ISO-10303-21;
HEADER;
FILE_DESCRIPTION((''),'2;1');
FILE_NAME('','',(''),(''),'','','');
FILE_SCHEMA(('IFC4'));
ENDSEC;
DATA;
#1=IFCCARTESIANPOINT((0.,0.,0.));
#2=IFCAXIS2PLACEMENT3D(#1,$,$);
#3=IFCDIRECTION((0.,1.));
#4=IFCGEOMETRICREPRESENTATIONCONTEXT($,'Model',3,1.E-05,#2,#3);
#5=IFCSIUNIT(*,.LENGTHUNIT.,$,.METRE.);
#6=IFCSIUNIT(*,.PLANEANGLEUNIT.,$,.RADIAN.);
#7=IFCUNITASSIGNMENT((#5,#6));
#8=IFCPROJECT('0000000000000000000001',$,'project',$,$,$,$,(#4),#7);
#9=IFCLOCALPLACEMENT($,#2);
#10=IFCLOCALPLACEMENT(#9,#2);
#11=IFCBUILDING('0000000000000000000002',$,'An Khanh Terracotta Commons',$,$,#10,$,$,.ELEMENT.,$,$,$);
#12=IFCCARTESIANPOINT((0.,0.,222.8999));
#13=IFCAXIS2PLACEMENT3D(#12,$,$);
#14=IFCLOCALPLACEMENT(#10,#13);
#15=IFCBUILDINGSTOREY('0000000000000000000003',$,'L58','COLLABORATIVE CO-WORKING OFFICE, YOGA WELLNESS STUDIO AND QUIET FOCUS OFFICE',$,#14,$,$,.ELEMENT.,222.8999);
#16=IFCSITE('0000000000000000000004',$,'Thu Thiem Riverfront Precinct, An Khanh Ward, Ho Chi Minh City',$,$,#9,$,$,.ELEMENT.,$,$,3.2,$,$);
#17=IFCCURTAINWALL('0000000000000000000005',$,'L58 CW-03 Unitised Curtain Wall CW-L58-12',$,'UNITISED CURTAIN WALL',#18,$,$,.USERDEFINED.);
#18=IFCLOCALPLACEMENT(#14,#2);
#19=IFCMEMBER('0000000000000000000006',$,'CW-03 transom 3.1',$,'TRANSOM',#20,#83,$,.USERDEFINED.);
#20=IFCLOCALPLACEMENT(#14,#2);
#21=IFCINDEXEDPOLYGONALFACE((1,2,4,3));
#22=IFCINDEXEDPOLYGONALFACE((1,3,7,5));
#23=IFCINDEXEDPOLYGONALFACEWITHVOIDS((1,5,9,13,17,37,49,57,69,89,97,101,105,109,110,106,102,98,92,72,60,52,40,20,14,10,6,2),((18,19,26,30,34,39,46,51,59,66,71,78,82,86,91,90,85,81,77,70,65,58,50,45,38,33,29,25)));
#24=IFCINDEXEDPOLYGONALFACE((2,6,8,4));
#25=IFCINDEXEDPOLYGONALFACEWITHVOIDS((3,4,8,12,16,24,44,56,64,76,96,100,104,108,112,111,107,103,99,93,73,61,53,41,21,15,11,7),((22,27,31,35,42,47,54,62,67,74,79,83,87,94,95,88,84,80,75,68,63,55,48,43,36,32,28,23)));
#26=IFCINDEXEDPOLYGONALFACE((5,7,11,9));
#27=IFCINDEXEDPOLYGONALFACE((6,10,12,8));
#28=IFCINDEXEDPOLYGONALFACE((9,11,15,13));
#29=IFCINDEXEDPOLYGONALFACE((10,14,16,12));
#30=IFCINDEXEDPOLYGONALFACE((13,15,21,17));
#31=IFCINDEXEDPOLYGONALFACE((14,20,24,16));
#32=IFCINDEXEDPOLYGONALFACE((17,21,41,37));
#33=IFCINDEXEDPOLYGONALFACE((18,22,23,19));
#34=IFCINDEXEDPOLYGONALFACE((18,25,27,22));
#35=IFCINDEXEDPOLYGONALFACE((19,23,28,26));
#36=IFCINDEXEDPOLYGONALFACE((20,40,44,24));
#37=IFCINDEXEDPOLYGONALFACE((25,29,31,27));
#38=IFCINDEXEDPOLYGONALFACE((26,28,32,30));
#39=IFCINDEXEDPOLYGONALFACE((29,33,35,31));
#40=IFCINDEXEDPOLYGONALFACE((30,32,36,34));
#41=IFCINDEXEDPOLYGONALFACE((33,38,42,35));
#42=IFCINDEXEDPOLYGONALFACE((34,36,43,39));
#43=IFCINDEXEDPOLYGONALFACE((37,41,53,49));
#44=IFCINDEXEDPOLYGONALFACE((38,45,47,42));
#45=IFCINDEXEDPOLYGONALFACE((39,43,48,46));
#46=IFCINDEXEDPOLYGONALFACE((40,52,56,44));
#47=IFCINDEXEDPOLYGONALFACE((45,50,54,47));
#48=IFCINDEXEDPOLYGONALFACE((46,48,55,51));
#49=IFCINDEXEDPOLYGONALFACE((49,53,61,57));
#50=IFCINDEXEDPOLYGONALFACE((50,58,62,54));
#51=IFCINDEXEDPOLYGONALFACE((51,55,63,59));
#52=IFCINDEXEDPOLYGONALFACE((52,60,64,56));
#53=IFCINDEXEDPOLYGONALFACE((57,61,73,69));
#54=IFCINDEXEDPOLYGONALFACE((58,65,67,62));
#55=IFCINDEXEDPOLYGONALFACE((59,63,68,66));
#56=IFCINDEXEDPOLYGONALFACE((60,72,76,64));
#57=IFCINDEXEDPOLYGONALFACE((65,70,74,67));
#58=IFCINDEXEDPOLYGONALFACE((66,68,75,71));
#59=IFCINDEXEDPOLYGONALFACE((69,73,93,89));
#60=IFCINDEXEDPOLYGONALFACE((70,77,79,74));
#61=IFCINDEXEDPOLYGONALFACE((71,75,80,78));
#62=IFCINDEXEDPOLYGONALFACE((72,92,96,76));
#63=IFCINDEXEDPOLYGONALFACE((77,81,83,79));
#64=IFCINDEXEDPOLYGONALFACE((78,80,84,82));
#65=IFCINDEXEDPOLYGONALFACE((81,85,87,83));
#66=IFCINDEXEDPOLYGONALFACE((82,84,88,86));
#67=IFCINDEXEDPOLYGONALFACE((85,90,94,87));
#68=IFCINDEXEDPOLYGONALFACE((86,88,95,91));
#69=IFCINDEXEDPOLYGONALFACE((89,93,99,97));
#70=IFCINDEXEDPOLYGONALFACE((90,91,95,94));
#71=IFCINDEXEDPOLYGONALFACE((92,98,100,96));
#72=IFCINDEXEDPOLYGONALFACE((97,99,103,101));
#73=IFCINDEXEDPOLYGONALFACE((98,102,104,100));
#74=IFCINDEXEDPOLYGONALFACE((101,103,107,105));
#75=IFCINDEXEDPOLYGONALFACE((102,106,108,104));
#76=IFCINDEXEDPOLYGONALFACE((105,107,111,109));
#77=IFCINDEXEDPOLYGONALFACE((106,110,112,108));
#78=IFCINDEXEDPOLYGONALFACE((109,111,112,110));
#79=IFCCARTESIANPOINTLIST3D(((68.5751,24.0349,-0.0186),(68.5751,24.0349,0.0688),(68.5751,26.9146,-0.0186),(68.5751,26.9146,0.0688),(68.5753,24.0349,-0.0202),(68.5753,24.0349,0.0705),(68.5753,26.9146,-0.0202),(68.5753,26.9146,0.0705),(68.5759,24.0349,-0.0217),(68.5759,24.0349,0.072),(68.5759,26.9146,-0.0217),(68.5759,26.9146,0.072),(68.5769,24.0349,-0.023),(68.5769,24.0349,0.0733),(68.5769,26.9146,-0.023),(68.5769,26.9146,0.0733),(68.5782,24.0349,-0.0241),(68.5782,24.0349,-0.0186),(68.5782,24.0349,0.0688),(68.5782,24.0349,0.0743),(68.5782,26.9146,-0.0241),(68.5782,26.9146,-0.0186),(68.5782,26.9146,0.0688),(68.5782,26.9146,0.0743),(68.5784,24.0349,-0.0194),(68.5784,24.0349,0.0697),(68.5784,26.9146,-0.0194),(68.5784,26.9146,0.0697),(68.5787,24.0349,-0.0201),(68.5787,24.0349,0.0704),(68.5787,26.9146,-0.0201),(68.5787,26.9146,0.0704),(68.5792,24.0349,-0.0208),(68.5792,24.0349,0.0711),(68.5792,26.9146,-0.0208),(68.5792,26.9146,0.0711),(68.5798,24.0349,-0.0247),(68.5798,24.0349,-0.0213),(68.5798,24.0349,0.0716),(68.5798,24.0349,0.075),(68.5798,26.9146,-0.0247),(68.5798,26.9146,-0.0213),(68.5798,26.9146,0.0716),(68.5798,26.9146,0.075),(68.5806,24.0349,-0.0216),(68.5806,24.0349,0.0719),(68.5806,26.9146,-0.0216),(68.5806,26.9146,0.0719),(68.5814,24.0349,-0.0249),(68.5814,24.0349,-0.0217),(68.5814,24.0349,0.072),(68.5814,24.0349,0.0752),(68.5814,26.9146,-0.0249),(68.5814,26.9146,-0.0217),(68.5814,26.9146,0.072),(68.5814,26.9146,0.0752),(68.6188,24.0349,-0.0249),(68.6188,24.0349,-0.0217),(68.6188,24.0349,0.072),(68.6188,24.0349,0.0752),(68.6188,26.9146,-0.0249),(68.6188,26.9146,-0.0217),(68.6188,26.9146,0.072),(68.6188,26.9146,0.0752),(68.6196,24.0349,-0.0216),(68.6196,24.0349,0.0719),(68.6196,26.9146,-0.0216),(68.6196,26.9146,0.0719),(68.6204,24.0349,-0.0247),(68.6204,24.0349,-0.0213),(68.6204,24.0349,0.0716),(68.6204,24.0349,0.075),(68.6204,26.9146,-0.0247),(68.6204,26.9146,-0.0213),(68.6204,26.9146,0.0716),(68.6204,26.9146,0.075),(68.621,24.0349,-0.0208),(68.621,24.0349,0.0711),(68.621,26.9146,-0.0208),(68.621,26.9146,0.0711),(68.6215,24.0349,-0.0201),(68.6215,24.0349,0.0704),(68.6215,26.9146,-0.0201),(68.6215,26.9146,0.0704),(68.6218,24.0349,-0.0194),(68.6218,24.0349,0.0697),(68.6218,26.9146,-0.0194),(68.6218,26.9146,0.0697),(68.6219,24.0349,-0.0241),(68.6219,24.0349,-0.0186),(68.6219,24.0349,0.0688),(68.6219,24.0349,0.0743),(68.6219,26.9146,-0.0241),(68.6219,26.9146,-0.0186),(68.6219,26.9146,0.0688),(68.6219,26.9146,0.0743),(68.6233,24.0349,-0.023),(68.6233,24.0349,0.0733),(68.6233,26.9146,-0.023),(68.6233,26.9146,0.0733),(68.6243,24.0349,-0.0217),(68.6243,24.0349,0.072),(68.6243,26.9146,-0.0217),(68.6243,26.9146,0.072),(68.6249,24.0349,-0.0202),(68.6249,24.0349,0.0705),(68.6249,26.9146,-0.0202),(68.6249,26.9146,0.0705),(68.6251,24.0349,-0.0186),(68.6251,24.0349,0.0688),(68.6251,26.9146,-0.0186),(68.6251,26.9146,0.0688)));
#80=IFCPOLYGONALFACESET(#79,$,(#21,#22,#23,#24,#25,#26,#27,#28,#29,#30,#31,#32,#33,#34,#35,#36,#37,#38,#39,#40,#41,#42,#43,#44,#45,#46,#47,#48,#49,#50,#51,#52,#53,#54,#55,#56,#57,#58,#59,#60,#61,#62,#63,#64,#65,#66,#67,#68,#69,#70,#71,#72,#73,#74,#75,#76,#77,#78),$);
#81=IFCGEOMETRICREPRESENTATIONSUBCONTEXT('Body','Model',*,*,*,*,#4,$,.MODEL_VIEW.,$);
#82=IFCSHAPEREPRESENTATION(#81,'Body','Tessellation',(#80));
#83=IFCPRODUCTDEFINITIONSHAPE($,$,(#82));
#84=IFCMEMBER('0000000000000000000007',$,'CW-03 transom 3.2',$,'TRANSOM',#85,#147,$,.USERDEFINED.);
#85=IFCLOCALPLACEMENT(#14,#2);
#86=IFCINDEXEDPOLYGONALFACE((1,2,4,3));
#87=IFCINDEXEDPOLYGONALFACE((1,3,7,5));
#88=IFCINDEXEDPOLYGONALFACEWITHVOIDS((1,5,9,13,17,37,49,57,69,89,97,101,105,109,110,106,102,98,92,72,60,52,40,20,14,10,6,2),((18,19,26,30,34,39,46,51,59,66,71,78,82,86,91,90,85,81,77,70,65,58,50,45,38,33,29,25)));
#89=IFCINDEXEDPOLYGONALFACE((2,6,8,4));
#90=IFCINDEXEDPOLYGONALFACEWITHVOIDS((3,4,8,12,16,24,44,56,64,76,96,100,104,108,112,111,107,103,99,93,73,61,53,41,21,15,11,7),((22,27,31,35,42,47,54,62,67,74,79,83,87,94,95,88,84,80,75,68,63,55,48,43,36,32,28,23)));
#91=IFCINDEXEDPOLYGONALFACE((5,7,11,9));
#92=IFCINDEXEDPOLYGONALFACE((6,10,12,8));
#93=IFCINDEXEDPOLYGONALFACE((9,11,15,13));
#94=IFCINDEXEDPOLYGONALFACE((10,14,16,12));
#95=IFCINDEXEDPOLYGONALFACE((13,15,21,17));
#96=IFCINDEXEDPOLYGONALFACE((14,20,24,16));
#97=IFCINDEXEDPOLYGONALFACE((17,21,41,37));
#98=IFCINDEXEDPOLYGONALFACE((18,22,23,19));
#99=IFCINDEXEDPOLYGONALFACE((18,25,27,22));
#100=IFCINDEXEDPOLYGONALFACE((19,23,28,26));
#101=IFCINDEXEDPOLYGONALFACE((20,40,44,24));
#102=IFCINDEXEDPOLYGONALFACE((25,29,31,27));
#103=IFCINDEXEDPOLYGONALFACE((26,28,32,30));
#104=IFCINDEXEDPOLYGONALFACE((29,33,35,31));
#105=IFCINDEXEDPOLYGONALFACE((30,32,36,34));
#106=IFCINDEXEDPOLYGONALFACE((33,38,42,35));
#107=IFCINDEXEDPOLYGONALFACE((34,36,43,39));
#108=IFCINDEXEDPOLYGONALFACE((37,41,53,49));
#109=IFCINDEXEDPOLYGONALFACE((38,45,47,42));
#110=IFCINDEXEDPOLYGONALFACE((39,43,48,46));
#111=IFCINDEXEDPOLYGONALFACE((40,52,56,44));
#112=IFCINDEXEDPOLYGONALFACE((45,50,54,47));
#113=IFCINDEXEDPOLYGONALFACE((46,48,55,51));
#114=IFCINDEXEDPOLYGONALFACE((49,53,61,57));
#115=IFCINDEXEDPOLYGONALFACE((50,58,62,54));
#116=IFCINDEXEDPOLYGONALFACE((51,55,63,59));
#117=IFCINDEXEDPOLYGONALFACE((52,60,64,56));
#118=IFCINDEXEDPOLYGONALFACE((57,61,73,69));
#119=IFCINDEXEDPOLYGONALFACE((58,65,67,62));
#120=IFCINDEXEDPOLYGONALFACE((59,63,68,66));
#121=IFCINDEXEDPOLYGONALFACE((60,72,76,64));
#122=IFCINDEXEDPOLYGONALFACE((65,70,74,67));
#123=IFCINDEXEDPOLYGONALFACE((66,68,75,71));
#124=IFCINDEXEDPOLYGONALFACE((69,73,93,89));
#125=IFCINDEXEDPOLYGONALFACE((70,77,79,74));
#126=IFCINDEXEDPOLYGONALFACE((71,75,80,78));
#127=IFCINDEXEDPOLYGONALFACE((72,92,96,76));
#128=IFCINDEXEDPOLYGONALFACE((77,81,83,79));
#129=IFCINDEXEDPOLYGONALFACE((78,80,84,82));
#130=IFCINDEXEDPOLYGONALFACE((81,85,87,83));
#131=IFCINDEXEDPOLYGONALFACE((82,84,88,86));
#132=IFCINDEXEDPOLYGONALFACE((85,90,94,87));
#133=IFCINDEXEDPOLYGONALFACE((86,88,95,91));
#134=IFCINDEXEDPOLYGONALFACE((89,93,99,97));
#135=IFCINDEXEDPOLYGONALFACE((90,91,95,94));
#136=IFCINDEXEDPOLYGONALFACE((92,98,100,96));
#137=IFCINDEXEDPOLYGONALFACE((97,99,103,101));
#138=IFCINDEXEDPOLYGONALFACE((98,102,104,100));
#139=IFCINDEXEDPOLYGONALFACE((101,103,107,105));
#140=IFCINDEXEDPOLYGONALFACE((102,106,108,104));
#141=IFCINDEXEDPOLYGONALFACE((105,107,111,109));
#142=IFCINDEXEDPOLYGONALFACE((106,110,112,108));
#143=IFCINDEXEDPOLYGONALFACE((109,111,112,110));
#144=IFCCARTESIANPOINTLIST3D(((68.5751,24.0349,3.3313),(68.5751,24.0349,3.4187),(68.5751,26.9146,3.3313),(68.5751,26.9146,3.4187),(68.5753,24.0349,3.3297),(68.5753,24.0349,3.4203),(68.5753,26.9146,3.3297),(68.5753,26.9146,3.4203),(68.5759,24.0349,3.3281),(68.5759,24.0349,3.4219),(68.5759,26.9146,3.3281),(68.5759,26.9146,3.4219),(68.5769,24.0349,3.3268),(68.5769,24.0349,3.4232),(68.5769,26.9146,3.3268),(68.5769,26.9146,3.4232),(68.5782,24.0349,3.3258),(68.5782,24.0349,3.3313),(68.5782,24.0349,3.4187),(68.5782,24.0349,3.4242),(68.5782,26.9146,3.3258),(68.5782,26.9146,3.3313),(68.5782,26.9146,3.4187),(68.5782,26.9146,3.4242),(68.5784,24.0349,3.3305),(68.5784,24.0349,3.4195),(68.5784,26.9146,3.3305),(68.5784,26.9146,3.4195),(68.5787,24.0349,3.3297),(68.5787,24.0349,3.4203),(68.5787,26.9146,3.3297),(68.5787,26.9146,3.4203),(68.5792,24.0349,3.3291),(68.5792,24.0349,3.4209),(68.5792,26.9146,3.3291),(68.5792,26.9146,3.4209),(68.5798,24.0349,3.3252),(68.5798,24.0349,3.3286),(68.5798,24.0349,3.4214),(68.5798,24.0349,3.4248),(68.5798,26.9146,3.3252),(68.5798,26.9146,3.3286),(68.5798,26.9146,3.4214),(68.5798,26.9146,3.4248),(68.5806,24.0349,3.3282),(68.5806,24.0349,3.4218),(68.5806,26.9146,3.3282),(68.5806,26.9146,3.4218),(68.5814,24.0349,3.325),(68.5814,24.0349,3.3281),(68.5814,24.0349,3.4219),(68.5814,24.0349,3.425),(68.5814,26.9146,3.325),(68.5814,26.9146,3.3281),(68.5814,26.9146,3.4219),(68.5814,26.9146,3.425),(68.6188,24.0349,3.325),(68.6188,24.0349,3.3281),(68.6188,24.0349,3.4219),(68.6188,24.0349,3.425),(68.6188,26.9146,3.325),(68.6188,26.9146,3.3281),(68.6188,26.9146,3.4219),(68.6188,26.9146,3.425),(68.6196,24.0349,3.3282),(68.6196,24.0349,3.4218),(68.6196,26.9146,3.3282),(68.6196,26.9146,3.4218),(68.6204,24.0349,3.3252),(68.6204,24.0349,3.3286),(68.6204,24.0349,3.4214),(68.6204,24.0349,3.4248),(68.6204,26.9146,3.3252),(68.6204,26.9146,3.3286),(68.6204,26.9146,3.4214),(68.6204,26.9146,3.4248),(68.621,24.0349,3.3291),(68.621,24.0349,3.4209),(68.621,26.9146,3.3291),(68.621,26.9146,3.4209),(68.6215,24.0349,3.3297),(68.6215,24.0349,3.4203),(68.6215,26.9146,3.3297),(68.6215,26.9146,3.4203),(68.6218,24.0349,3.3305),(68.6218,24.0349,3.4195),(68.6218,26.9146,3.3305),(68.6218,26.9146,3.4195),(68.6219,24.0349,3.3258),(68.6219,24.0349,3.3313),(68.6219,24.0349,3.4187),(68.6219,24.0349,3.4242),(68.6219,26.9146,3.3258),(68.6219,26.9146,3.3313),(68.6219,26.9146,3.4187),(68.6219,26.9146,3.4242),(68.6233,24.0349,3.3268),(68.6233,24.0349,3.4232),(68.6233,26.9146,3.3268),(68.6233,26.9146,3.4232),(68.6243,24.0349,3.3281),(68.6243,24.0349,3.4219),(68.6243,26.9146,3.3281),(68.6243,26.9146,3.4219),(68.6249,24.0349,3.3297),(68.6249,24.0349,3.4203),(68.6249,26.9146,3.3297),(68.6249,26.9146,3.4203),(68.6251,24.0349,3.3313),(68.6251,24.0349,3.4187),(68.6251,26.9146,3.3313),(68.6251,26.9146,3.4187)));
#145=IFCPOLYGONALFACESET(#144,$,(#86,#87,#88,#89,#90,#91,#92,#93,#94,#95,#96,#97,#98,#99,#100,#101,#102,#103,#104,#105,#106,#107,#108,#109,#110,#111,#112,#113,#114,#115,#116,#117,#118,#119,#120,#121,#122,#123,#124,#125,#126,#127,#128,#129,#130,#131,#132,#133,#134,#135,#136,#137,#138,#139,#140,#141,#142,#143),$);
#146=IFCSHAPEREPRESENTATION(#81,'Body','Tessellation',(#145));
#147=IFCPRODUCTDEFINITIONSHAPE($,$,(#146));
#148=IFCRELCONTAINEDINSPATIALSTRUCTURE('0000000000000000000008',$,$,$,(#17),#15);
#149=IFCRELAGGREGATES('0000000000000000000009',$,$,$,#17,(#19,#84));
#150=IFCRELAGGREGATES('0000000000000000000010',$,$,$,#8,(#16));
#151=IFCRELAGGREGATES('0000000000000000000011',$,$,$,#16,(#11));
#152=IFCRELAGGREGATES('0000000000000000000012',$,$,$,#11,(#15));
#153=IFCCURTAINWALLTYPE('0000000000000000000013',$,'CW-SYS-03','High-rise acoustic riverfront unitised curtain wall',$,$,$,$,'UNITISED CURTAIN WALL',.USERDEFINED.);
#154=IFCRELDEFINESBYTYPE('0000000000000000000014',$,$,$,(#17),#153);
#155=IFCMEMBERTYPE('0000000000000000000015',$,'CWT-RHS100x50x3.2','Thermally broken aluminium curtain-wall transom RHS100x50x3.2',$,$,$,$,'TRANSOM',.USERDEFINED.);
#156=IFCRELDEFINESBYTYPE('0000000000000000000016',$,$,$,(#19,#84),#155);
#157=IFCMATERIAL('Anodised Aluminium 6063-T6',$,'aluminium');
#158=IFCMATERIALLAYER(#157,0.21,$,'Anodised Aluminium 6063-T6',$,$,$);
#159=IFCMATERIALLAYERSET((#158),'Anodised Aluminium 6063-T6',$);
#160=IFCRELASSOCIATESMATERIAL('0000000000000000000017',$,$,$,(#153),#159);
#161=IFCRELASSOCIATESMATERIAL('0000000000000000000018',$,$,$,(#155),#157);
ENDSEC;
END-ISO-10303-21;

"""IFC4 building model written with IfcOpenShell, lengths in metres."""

from ifc_helpers import new_model, si_unit, direction, frame, origin, origin_2d, place, context, subcontext, project, spatial, hollow_rectangle, extrude, material, layer, layer_set, material_profile, profile_set, type_object, element, aggregate, save


model = new_model("IFC4")

# Units and contexts
model_context = context("Model", 3, precision=1e-05, world=origin(), true_north=direction((0.0, 1.0)))
body_context = subcontext(model_context, "Body", "Model", "MODEL_VIEW")
ifc_project = project(units=[si_unit("LENGTHUNIT", "METRE"), si_unit("PLANEANGLEUNIT", "RADIAN")], contexts=[model_context])

# Site, building, storey
site_placement = place(None, origin())
site = spatial("IfcSite", under=ifc_project, at=site_placement, Name="Thu Thiem Riverfront Precinct, An Khanh Ward, Ho Chi Minh City", CompositionType="ELEMENT", RefElevation=3.2)
building_placement = place(site_placement, origin())
building = spatial("IfcBuilding", under=site, at=building_placement, Name="An Khanh Terracotta Commons", CompositionType="ELEMENT")
storey_placement = place(building_placement, frame((0.0, 0.0, 222.8999)))
storey = spatial("IfcBuildingStorey", under=building, at=storey_placement, Name="L58", Description="COLLABORATIVE CO-WORKING OFFICE, YOGA WELLNESS STUDIO AND QUIET FOCUS OFFICE", CompositionType="ELEMENT", Elevation=222.8999)

# Curtain wall
ifc_material_1 = material(Name="Anodised Aluminium 6063-T6", Category="aluminium")
ifc_layer_1 = layer(ifc_material_1, 0.21, Name="Anodised Aluminium 6063-T6")
ifc_layer_set_1 = layer_set([ifc_layer_1], Name="Anodised Aluminium 6063-T6")
curtain_wall_type = type_object("IfcCurtainWallType", Name="CW-SYS-03", Description="High-rise acoustic riverfront unitised curtain wall", ElementType="UNITISED CURTAIN WALL", PredefinedType="USERDEFINED", material=ifc_layer_set_1)
curtain_wall_1_placement = place(storey_placement, origin())
curtain_wall_1 = element("IfcCurtainWall", 1, at=curtain_wall_1_placement, inside=storey, type_object=curtain_wall_type, Name="L58 CW-03 Unitised Curtain Wall CW-L58-12", ObjectType="UNITISED CURTAIN WALL", PredefinedType="USERDEFINED")

# Members
ifc_material_profile_1 = material_profile(ifc_material_1, hollow_rectangle(XDim=0.05, YDim=0.1001, WallThickness=0.0032, InnerFilletRadius=0.0032, OuterFilletRadius=0.0063, at=origin_2d()), Name="RHS100x50x3.2")
ifc_profile_set_1 = profile_set([ifc_material_profile_1], Name="Anodised Aluminium 6063-T6")
member_type_1 = type_object("IfcMemberType", Name="CWT-RHS100x50x3.2", Description="Thermally broken aluminium curtain-wall transom RHS100x50x3.2", ElementType="TRANSOM", PredefinedType="USERDEFINED", material=ifc_profile_set_1)
member_1_placement = place(storey_placement, frame((68.6001, 24.0349, 0.0251), z_axis=(0.0, 1.0, 0.0), x_axis=(-1.0, 0.0, 0.0)))
member_1 = element("IfcMember", 2, at=member_1_placement, type_object=member_type_1, Name="CW-03 transom 3.1", ObjectType="TRANSOM", PredefinedType="USERDEFINED", context=body_context, shape_type="SweptSolid", body=[
    extrude(hollow_rectangle(XDim=0.05, YDim=0.1001, WallThickness=0.0032, InnerFilletRadius=0.0032, OuterFilletRadius=0.0063, at=origin_2d()), origin(), (0.0, 0.0, 1.0), 2.8796),
])
member_2_placement = place(storey_placement, frame((68.6001, 24.0349, 3.375), z_axis=(0.0, 1.0, 0.0), x_axis=(-1.0, 0.0, 0.0)))
member_2 = element("IfcMember", 3, at=member_2_placement, type_object=member_type_1, Name="CW-03 transom 3.2", ObjectType="TRANSOM", PredefinedType="USERDEFINED", context=body_context, shape_type="SweptSolid", body=[
    extrude(hollow_rectangle(XDim=0.05, YDim=0.1001, WallThickness=0.0032, InnerFilletRadius=0.0032, OuterFilletRadius=0.0063, at=origin_2d()), origin(), (0.0, 0.0, 1.0), 2.8796),
])

aggregate(curtain_wall_1, [member_1, member_2])

save(model, "model.ifc")
